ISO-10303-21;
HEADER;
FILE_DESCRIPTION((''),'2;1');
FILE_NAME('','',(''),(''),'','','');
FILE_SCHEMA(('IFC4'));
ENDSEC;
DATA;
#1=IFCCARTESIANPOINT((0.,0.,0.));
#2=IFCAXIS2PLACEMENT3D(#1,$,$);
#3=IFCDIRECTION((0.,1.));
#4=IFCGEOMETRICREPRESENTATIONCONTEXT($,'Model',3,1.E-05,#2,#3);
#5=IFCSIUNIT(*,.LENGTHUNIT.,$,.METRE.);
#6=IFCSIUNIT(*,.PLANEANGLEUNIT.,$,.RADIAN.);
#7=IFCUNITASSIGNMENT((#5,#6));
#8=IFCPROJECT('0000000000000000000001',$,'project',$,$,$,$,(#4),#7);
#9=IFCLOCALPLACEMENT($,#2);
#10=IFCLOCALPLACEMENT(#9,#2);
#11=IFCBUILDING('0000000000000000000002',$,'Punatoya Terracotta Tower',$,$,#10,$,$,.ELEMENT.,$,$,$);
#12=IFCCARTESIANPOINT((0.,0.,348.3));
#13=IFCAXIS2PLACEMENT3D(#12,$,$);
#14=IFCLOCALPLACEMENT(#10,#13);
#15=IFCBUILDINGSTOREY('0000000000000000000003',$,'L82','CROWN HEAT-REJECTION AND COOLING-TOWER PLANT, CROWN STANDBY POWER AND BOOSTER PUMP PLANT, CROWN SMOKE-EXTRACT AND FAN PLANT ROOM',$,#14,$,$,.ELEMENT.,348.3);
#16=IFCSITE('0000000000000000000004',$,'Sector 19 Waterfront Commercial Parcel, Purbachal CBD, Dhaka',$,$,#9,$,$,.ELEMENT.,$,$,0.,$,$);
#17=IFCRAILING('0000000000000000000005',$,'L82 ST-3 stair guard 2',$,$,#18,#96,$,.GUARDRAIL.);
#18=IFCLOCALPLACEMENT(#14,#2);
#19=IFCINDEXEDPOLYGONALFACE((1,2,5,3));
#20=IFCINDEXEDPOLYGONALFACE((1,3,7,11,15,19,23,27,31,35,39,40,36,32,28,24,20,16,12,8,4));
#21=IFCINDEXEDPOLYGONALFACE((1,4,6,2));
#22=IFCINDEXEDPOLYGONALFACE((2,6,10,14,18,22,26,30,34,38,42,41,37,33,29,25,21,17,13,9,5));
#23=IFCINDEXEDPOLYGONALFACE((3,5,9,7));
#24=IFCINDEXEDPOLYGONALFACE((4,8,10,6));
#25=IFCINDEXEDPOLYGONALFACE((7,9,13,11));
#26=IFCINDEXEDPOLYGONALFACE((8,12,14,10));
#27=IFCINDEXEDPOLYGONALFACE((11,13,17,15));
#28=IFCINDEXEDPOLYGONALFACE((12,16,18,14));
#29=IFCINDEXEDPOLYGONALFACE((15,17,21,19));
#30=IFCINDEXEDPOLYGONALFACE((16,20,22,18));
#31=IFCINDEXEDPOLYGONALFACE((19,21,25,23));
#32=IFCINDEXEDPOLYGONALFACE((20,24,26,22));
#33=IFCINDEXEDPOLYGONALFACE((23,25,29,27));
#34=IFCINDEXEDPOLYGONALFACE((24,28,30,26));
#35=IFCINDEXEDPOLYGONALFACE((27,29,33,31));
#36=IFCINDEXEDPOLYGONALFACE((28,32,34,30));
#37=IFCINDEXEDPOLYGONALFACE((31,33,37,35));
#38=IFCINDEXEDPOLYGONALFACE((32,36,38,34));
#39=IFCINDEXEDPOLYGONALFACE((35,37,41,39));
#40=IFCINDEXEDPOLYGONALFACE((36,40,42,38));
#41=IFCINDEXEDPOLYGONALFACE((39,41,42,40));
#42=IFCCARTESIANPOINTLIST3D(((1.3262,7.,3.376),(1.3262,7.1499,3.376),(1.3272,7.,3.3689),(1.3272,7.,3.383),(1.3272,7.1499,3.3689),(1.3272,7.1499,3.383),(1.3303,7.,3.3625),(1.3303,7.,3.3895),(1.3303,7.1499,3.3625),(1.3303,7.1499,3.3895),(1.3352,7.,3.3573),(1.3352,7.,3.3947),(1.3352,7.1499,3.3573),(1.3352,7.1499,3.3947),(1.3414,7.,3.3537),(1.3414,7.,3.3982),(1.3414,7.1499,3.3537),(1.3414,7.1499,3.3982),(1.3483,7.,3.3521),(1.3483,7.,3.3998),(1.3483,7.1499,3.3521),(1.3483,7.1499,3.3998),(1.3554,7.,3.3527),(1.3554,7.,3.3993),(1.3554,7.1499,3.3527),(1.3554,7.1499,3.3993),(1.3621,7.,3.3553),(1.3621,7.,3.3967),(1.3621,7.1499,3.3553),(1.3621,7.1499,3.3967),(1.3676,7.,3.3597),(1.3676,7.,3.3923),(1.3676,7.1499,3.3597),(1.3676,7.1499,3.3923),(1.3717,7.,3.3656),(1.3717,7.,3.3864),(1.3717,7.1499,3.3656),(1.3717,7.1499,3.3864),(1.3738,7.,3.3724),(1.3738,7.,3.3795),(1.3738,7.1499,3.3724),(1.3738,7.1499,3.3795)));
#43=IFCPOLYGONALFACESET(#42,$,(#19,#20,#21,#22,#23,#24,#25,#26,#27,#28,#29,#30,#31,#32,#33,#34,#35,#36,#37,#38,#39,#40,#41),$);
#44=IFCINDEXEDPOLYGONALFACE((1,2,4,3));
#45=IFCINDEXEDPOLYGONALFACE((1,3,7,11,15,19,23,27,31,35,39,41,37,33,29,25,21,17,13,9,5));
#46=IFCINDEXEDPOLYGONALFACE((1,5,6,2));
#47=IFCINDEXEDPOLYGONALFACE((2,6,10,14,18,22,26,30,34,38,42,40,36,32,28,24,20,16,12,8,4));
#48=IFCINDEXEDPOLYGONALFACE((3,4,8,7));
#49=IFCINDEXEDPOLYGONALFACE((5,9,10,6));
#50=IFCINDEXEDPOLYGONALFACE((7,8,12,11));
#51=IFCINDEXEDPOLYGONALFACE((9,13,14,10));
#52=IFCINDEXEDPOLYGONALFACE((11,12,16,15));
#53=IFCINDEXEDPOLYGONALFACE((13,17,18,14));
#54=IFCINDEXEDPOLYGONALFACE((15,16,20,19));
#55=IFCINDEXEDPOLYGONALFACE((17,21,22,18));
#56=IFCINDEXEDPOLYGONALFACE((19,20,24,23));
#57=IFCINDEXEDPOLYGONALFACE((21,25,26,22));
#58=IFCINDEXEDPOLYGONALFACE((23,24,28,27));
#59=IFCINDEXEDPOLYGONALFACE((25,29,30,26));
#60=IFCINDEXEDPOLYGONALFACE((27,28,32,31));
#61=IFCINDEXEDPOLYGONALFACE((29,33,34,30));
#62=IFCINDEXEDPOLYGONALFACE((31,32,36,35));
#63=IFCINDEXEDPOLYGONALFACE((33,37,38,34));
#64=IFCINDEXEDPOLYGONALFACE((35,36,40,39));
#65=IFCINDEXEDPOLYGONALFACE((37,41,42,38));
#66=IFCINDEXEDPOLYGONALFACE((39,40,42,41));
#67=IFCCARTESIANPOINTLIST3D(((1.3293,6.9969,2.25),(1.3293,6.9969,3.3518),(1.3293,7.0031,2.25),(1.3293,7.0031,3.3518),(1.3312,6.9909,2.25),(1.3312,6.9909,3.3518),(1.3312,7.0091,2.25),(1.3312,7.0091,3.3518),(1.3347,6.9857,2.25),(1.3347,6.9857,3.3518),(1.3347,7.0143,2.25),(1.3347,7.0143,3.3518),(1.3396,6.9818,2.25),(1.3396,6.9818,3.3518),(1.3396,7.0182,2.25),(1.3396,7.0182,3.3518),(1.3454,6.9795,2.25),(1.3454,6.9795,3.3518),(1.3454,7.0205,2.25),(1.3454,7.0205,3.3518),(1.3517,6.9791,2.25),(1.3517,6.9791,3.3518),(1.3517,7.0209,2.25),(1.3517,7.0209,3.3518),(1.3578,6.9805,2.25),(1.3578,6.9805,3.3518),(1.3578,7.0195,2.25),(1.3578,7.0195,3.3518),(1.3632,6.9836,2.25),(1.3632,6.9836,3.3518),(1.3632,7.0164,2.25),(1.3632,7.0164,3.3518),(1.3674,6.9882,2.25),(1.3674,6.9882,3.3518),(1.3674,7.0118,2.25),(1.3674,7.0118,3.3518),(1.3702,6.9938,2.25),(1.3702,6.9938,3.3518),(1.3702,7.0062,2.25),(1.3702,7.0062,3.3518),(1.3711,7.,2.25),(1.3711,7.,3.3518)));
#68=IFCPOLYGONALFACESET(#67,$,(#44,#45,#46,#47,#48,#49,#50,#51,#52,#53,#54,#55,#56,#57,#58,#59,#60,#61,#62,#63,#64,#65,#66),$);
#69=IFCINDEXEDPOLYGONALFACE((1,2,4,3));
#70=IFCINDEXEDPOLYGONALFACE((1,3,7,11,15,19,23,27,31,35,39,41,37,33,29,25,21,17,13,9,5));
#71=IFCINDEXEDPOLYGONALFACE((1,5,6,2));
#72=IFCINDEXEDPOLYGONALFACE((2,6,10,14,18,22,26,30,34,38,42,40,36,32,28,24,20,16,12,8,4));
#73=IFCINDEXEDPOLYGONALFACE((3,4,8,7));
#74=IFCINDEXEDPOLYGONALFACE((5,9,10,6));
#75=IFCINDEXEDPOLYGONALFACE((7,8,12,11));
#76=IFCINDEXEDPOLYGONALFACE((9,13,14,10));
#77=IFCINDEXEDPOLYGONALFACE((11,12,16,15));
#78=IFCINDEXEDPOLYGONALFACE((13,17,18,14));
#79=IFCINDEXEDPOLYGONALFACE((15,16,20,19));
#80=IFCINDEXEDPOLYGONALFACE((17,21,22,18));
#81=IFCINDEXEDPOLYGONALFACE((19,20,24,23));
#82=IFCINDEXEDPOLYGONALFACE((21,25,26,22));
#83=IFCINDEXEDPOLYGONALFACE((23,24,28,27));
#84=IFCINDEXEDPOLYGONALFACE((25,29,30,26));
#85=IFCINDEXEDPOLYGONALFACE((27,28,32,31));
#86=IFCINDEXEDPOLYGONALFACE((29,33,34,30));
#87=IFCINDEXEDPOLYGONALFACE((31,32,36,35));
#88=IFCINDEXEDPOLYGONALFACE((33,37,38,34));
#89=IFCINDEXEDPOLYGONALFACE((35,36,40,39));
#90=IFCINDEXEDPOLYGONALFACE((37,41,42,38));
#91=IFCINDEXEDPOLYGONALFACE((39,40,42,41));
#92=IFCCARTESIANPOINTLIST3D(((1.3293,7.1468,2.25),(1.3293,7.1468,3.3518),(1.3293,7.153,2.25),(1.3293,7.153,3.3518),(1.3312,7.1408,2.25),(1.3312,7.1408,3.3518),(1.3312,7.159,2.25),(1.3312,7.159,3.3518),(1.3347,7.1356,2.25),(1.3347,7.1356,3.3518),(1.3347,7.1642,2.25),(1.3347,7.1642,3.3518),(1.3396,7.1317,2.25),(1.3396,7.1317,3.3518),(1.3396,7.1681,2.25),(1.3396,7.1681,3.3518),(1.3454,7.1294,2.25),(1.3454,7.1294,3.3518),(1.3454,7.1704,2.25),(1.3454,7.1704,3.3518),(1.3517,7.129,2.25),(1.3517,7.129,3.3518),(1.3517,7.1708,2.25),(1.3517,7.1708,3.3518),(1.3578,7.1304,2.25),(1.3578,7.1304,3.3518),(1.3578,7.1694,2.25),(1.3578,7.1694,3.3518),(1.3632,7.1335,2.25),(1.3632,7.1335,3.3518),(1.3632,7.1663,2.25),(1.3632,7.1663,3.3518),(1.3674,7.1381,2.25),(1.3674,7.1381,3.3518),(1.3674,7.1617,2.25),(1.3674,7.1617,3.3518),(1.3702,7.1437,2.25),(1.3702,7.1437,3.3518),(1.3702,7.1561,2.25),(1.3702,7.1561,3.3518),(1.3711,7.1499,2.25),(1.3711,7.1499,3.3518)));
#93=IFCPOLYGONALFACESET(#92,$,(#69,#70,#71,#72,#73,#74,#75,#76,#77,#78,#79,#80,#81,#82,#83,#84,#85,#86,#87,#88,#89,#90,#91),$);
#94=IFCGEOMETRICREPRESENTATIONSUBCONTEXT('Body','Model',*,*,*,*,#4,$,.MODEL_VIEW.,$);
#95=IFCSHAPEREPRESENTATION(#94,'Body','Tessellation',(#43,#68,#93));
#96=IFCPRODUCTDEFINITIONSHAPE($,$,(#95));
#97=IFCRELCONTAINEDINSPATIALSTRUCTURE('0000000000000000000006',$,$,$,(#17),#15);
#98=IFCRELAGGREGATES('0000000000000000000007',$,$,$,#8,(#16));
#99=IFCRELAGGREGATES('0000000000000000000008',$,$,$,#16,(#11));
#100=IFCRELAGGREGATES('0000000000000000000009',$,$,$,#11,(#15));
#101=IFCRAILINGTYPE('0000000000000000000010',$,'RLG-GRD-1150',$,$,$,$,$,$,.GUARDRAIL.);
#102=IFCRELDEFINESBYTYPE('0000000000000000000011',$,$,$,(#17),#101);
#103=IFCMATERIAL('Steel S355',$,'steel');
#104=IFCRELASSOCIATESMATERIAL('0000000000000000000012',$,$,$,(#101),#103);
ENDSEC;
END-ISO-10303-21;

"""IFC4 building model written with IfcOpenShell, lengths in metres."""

from ifc_helpers import new_model, si_unit, direction, frame, origin, origin_2d, place, context, subcontext, project, spatial, circle, extrude, material, type_object, element, save


model = new_model("IFC4")

# Units and contexts
model_context = context("Model", 3, precision=1e-05, world=origin(), true_north=direction((0.0, 1.0)))
body_context = subcontext(model_context, "Body", "Model", "MODEL_VIEW")
ifc_project = project(units=[si_unit("LENGTHUNIT", "METRE"), si_unit("PLANEANGLEUNIT", "RADIAN")], contexts=[model_context])

# Site, building, storey
site_placement = place(None, origin())
site = spatial("IfcSite", under=ifc_project, at=site_placement, Name="Sector 19 Waterfront Commercial Parcel, Purbachal CBD, Dhaka", CompositionType="ELEMENT", RefElevation=0.0)
building_placement = place(site_placement, origin())
building = spatial("IfcBuilding", under=site, at=building_placement, Name="Punatoya Terracotta Tower", CompositionType="ELEMENT")
storey_placement = place(building_placement, frame((0.0, 0.0, 348.3)))
storey = spatial("IfcBuildingStorey", under=building, at=storey_placement, Name="L82", Description="CROWN HEAT-REJECTION AND COOLING-TOWER PLANT, CROWN STANDBY POWER AND BOOSTER PUMP PLANT, CROWN SMOKE-EXTRACT AND FAN PLANT ROOM", CompositionType="ELEMENT", Elevation=348.3)

# Shared definitions
ifc_material_1 = material(Name="Steel S355", Category="steel")

# Railing
railing_type_1 = type_object("IfcRailingType", Name="RLG-GRD-1150", PredefinedType="GUARDRAIL", material=ifc_material_1)
railing_1_placement = place(storey_placement, frame((1.3501, 7.0, 2.25)))
element("IfcRailing", 1, at=railing_1_placement, inside=storey, type_object=railing_type_1, Name="L82 ST-3 stair guard 2", PredefinedType="GUARDRAIL", context=body_context, shape_type="SweptSolid", body=[
    extrude(circle(Radius=0.0239, at=origin_2d()), frame((0.0, 0.0, 1.126), z_axis=(0.0, 1.0, 0.0), x_axis=(-1.0, 0.0, 0.0)), (0.0, 0.0, 1.0), 0.1499),
    extrude(circle(Radius=0.021, at=origin_2d()), origin(), (0.0, 0.0, 1.0), 1.1018),
    extrude(circle(Radius=0.021, at=origin_2d()), frame((0.0, 0.1499, 0.0)), (0.0, 0.0, 1.0), 1.1018),
])

save(model, "model.ifc")
